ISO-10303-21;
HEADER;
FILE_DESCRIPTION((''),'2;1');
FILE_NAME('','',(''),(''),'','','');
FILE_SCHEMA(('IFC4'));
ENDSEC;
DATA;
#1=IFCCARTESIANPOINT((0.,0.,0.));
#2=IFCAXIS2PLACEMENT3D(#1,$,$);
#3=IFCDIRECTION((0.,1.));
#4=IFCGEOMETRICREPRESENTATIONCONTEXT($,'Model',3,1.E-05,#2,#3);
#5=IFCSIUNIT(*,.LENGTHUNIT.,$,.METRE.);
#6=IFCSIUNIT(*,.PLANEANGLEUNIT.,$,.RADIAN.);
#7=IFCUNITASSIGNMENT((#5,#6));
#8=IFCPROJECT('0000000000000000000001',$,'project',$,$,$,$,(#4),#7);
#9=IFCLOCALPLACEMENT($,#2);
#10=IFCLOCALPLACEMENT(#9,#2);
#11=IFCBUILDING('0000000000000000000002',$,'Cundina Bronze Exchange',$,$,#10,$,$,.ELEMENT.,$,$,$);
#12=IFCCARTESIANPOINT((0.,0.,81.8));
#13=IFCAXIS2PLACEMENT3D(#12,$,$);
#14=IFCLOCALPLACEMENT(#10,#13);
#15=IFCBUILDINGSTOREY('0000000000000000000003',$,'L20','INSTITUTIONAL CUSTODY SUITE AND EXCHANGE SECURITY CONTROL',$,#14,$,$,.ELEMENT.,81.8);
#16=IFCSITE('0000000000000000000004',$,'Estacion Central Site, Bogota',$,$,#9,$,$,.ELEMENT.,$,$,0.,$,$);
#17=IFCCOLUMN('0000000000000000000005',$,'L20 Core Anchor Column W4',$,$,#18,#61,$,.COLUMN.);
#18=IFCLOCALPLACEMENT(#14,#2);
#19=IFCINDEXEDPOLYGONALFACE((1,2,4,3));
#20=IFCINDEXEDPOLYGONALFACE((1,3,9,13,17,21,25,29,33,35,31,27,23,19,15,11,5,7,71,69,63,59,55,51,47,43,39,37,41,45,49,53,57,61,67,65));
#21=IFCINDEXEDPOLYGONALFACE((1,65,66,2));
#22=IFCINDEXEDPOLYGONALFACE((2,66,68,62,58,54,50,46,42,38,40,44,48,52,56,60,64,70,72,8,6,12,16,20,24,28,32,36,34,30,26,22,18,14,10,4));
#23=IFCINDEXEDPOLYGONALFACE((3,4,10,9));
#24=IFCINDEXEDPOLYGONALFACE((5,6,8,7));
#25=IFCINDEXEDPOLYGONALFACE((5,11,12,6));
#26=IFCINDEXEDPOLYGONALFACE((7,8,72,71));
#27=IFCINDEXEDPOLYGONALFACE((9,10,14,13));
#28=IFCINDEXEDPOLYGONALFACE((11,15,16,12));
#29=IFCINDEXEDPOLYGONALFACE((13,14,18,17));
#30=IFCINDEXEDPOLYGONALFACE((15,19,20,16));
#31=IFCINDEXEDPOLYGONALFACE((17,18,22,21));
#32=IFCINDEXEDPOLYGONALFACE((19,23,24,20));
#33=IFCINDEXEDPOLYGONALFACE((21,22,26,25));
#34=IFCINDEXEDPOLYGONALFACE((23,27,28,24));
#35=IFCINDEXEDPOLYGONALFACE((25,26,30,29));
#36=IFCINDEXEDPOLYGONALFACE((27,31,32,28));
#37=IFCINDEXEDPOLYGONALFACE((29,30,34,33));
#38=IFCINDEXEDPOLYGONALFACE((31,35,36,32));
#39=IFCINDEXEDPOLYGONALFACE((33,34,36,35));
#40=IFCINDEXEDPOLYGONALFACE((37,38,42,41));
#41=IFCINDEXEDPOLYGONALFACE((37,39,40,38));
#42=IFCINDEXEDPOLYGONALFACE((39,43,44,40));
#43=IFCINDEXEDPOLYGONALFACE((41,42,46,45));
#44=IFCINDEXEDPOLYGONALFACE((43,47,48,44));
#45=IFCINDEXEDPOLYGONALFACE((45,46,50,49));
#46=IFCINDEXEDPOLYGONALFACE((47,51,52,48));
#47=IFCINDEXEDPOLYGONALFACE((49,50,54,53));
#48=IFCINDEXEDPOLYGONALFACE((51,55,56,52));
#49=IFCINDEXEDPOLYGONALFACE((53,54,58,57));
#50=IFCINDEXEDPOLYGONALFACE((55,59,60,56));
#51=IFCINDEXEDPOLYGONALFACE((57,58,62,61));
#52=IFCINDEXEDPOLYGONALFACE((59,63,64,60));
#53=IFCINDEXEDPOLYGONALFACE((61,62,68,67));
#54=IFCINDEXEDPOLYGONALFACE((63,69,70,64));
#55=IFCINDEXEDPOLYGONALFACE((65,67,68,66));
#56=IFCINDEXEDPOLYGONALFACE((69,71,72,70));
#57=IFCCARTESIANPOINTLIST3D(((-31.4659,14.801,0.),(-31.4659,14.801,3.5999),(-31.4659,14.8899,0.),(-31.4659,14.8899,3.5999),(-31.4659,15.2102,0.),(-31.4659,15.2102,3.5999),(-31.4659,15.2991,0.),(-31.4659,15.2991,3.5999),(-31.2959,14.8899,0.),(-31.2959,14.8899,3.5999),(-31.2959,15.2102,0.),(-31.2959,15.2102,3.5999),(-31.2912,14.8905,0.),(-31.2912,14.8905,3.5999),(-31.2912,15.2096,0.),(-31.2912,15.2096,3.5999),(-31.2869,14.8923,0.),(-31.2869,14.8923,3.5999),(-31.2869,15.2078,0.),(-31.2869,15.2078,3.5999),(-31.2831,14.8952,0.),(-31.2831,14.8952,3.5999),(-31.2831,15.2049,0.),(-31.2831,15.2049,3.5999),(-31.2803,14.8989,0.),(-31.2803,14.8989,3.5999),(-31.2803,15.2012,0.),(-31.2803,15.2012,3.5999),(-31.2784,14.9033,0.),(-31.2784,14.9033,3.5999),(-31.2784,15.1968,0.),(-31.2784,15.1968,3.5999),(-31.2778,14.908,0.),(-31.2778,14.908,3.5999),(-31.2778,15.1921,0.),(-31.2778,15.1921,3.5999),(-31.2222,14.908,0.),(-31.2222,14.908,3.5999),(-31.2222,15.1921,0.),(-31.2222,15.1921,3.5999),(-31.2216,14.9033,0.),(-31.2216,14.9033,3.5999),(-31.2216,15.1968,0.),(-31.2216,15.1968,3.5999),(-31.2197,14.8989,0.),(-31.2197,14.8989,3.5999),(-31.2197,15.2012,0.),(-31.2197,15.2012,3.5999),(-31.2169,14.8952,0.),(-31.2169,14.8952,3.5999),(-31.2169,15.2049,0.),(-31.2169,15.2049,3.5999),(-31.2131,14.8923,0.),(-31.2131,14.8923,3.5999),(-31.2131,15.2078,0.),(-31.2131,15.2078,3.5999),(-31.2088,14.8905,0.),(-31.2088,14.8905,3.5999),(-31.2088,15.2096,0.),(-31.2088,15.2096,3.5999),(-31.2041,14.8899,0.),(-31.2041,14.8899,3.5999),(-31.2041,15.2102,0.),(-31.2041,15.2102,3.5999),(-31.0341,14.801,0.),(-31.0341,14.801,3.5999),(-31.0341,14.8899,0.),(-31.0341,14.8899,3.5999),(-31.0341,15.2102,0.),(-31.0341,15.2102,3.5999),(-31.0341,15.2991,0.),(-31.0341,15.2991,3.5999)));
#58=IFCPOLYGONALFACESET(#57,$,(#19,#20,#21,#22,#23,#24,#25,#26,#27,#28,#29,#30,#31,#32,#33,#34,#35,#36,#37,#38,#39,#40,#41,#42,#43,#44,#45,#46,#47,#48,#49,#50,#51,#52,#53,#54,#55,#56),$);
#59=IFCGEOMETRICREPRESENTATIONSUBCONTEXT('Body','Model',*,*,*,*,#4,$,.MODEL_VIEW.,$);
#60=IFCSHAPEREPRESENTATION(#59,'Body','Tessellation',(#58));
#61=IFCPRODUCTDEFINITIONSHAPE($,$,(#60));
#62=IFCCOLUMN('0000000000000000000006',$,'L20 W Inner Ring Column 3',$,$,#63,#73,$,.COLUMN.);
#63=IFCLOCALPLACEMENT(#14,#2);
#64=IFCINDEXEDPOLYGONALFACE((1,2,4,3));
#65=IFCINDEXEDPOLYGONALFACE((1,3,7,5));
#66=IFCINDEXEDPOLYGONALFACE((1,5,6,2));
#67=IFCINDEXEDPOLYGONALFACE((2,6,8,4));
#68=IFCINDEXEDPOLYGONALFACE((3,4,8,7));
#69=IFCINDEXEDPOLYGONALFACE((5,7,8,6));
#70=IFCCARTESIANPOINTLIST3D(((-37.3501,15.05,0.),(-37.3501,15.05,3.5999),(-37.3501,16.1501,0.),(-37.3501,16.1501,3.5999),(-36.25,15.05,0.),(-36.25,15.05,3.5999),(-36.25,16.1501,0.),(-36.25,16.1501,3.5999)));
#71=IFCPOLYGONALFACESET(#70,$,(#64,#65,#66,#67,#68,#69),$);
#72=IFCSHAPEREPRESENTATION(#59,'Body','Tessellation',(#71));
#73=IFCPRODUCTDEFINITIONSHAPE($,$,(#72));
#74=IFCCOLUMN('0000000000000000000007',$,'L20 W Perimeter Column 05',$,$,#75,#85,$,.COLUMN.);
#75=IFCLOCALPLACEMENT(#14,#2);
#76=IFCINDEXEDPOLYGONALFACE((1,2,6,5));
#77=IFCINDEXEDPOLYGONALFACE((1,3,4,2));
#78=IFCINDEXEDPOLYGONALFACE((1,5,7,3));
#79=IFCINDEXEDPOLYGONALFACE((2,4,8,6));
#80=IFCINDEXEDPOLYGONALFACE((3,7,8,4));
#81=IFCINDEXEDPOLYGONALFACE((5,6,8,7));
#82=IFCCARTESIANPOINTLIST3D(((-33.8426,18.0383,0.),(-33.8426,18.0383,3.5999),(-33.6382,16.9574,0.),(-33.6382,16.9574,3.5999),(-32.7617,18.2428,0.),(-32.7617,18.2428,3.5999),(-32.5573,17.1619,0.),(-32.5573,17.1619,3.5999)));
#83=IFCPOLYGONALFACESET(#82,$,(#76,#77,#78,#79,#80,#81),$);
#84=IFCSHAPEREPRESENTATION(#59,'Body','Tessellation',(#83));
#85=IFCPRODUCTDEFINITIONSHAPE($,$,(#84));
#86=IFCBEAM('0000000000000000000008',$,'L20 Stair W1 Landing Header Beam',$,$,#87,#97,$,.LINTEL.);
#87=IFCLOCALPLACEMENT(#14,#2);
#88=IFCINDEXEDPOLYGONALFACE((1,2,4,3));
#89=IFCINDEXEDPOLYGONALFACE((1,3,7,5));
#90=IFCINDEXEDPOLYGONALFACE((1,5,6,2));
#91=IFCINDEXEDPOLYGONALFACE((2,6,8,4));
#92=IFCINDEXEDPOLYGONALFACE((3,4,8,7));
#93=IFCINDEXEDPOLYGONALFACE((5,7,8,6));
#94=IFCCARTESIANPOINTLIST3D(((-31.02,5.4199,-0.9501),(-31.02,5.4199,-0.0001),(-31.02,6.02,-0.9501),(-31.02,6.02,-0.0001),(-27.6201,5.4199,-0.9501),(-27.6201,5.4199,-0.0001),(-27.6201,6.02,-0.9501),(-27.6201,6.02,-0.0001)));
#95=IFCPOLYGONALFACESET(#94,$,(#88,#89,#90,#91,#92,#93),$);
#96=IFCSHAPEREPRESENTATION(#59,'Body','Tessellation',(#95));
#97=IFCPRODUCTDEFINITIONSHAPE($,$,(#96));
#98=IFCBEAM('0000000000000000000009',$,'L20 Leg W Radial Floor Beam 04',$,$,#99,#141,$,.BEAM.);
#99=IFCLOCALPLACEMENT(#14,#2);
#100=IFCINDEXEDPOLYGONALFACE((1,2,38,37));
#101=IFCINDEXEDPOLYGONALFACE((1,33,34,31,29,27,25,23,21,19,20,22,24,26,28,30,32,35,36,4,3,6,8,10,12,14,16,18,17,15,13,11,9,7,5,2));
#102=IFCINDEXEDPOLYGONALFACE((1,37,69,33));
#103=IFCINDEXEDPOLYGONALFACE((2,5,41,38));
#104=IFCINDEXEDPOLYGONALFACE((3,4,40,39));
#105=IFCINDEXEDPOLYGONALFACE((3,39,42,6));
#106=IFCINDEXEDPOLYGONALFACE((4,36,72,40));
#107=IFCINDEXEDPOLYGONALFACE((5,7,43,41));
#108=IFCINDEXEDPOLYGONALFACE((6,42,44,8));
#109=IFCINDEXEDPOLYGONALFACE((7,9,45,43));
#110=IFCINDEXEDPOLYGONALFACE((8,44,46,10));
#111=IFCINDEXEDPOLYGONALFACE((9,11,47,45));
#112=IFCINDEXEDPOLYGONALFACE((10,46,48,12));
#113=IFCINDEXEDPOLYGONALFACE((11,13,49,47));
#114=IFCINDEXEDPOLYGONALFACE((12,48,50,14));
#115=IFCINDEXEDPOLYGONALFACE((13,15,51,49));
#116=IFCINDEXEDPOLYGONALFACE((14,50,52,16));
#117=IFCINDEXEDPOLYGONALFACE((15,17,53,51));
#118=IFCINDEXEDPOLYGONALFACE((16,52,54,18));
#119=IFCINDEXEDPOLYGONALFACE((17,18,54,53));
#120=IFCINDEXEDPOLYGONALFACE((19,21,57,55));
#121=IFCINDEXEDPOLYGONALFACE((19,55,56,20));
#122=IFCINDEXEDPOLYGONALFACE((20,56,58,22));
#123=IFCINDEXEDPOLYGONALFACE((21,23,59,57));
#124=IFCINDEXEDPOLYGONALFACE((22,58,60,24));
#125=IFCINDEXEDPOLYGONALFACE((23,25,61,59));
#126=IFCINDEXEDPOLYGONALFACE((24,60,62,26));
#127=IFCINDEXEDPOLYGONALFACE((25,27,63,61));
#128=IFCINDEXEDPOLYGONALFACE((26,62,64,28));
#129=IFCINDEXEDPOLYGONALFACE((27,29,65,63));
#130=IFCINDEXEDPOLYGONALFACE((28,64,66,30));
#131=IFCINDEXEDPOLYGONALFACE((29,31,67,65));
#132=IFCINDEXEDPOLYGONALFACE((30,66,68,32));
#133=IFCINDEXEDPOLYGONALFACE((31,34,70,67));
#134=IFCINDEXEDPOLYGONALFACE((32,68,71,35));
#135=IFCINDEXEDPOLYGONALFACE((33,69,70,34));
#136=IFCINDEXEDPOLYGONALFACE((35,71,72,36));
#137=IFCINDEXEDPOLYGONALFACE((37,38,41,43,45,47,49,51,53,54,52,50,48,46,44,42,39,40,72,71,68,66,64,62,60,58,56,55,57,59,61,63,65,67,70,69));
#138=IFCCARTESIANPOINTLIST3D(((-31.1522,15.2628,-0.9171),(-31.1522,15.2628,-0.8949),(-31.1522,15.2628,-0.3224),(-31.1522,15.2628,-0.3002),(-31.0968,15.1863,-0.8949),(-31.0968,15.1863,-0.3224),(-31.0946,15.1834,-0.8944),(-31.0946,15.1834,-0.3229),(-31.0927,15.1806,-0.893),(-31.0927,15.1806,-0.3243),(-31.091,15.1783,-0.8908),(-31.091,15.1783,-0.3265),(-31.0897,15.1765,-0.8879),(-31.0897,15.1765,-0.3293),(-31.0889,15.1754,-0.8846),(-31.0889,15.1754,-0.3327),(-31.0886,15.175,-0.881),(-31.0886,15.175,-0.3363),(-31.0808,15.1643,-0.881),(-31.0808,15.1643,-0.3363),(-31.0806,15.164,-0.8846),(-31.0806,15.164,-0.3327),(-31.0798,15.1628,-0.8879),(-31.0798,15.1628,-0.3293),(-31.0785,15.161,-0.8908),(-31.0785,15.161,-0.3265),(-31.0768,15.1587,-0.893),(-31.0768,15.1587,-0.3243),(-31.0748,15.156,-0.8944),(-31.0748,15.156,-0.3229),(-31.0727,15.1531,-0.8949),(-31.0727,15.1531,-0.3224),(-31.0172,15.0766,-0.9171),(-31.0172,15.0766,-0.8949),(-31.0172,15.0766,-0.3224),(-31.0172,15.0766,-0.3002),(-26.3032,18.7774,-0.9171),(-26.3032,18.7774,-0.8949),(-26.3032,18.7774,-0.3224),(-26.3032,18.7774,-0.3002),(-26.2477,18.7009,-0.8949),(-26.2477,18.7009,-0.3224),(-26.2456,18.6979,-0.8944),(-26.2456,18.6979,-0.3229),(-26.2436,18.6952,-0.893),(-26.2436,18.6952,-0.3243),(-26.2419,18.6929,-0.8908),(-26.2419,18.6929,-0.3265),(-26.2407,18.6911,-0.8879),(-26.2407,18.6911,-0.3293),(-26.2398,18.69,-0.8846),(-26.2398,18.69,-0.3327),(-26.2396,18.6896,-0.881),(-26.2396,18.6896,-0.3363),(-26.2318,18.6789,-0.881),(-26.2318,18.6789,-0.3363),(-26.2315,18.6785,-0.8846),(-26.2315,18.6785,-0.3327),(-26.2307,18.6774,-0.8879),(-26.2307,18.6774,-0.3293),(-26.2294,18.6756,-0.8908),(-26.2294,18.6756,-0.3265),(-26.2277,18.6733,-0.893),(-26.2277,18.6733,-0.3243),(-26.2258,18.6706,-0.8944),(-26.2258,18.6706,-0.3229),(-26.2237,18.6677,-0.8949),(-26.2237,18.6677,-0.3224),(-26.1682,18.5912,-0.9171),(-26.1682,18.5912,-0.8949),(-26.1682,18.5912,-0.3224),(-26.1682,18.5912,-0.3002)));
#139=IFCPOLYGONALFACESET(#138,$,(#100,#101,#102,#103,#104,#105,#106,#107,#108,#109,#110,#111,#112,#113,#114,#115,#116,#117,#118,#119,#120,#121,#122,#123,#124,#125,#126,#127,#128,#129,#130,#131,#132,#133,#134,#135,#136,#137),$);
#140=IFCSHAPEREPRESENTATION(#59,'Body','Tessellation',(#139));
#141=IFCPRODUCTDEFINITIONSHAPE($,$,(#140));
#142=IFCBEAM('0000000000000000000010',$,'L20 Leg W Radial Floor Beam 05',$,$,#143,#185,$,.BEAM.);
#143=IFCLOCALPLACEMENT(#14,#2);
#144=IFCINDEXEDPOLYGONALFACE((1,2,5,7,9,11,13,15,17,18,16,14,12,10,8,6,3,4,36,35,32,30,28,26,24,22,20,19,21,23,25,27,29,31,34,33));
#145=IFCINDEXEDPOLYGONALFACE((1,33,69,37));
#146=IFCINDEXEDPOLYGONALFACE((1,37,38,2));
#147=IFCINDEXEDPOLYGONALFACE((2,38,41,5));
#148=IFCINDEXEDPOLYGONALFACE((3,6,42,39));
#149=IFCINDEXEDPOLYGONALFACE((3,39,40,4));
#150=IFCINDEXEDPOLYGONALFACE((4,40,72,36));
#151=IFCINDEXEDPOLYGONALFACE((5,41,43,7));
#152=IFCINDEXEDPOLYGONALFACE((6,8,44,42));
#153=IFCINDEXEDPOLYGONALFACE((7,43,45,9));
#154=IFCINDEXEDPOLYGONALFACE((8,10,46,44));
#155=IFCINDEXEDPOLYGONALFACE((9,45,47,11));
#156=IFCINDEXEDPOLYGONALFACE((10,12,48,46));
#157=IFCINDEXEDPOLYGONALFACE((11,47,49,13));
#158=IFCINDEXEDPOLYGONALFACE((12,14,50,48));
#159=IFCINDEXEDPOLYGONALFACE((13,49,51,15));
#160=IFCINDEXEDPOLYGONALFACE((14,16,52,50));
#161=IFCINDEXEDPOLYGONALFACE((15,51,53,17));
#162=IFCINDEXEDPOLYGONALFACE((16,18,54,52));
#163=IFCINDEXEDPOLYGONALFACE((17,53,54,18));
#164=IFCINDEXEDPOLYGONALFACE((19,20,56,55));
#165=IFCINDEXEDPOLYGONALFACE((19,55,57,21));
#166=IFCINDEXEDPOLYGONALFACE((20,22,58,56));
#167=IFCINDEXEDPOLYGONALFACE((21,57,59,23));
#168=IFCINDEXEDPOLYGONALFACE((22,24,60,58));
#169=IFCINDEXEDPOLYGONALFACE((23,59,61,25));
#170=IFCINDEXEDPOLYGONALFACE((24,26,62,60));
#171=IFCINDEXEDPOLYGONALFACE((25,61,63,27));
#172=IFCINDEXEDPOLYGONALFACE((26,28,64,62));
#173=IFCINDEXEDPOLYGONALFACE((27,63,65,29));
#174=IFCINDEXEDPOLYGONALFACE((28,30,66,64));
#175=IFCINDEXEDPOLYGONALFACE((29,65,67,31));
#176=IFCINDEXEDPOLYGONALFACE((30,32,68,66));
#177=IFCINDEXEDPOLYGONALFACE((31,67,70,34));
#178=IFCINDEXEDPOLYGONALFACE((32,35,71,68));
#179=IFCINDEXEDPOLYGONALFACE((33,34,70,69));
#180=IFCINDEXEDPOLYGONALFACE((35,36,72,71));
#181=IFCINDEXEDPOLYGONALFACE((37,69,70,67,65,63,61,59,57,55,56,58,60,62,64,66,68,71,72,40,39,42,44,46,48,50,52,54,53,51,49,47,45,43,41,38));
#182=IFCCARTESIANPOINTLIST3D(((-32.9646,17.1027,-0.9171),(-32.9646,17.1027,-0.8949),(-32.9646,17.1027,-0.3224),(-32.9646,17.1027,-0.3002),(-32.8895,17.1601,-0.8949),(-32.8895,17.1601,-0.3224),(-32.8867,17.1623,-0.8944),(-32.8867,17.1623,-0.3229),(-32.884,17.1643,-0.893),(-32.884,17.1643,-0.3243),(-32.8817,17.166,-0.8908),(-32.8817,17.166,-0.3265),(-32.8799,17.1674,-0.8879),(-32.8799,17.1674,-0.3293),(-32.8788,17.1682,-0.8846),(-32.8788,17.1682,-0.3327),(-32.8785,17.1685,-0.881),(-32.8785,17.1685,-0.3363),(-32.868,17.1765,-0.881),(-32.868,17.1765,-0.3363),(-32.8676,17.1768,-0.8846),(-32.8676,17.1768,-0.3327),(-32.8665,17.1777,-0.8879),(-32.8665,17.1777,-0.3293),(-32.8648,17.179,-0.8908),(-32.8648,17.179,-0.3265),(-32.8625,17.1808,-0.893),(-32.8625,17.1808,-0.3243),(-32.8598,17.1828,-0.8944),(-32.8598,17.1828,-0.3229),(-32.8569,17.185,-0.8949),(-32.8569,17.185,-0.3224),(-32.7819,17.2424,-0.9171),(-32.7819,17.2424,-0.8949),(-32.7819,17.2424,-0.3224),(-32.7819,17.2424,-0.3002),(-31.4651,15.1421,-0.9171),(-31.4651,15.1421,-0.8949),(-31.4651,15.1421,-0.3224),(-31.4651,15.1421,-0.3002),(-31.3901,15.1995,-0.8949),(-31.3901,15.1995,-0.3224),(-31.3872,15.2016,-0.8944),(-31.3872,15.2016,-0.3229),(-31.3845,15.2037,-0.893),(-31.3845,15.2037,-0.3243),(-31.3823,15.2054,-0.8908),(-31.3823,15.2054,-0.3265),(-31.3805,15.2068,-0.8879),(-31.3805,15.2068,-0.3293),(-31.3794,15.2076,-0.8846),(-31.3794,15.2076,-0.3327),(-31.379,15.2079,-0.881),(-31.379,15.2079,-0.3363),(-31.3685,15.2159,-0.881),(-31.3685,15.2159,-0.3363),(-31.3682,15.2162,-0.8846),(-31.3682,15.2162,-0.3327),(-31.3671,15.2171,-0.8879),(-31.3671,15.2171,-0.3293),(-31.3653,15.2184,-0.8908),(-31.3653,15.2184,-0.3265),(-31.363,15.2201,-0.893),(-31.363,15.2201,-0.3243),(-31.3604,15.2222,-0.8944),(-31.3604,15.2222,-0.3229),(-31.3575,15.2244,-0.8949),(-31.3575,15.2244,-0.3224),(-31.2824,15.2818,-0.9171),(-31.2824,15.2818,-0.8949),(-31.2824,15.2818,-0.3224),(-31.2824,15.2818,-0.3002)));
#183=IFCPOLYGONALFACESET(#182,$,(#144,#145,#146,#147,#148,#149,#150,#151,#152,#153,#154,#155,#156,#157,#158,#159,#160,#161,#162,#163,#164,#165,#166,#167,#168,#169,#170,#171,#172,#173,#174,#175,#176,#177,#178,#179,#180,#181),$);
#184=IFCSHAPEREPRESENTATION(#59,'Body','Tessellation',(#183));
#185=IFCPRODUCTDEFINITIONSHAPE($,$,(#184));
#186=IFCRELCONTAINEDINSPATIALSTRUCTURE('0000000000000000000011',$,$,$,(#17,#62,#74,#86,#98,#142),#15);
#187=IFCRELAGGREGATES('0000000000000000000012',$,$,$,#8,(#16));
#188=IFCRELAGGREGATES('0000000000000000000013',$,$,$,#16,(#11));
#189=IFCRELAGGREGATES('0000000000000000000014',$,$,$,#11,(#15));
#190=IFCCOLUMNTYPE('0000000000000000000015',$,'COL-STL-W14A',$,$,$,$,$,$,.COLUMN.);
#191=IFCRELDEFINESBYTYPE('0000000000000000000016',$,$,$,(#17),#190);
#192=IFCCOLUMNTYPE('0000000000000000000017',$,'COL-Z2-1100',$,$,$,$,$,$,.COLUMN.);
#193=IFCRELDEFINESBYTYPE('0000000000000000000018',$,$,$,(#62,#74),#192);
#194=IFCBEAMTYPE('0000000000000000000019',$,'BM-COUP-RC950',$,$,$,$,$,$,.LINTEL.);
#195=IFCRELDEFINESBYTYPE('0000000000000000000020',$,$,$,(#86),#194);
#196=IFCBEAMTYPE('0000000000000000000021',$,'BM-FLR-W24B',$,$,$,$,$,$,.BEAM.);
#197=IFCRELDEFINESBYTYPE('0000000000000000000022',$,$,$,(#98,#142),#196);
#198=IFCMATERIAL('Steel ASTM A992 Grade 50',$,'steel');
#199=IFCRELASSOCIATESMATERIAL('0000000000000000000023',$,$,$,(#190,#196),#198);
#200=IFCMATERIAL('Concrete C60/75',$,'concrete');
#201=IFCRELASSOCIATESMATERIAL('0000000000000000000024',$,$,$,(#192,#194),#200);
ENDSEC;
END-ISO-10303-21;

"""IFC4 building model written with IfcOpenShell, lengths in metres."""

from ifc_helpers import new_model, si_unit, direction, frame, origin, origin_2d, place, context, subcontext, project, spatial, rectangle, i_section, extrude, material, material_profile, profile_set, type_object, element, save


model = new_model("IFC4")

# Units and contexts
model_context = context("Model", 3, precision=1e-05, world=origin(), true_north=direction((0.0, 1.0)))
body_context = subcontext(model_context, "Body", "Model", "MODEL_VIEW")
ifc_project = project(units=[si_unit("LENGTHUNIT", "METRE"), si_unit("PLANEANGLEUNIT", "RADIAN")], contexts=[model_context])

# Site, building, storey
site_placement = place(None, origin())
site = spatial("IfcSite", under=ifc_project, at=site_placement, Name="Estacion Central Site, Bogota", CompositionType="ELEMENT", RefElevation=0.0)
building_placement = place(site_placement, origin())
building = spatial("IfcBuilding", under=site, at=building_placement, Name="Cundina Bronze Exchange", CompositionType="ELEMENT")
storey_placement = place(building_placement, frame((0.0, 0.0, 81.8)))
storey = spatial("IfcBuildingStorey", under=building, at=storey_placement, Name="L20", Description="INSTITUTIONAL CUSTODY SUITE AND EXCHANGE SECURITY CONTROL", CompositionType="ELEMENT", Elevation=81.8)

# Columns
ifc_material_1 = material(Name="Steel ASTM A992 Grade 50", Category="steel")
ifc_material_profile_1 = material_profile(ifc_material_1, i_section(OverallWidth=0.4319, OverallDepth=0.498, WebThickness=0.0557, FlangeThickness=0.0889, FilletRadius=0.0181, at=origin_2d()), Name="W14X500", Category="steel")
ifc_profile_set_1 = profile_set([ifc_material_profile_1], Name="Steel ASTM A992 Grade 50")
column_type_1 = type_object("IfcColumnType", Name="COL-STL-W14A", PredefinedType="COLUMN", material=ifc_profile_set_1)
column_placement = place(storey_placement, frame((-31.25, 15.05, 0.0), z_axis=(0.0, 0.0, 1.0), x_axis=(1.0, 0.0, 0.0)))
element("IfcColumn", 1, at=column_placement, inside=storey, type_object=column_type_1, Name="L20 Core Anchor Column W4", PredefinedType="COLUMN", context=body_context, shape_type="SweptSolid", body=[
    extrude(i_section(OverallWidth=0.4319, OverallDepth=0.498, WebThickness=0.0557, FlangeThickness=0.0889, FilletRadius=0.0181, at=origin_2d()), origin(), (0.0, 0.0, 1.0), 3.5999),
])
ifc_material_2 = material(Name="Concrete C60/75", Category="concrete")
ifc_material_profile_2 = material_profile(ifc_material_2, rectangle(XDim=1.1001, YDim=1.1001, at=origin_2d()), Name="RC1100X1100", Category="concrete")
ifc_profile_set_2 = profile_set([ifc_material_profile_2], Name="Concrete C60/75")
column_type_2 = type_object("IfcColumnType", Name="COL-Z2-1100", PredefinedType="COLUMN", material=ifc_profile_set_2)
for number, where, z_axis, x_axis, name in (
    (2, (-36.8, 15.6001, 0.0), (0.0, 0.0, 1.0), (1.0, 0.0, 0.0), "L20 W Inner Ring Column 3"),
    (3, (-33.2, 17.6001, 0.0), (0.0, 0.0, 1.0), (-0.98258, -0.185838, 0.0), "L20 W Perimeter Column 05"),
):
    element("IfcColumn", number, at=place(storey_placement, frame(where, z_axis=z_axis, x_axis=x_axis)), inside=storey, type_object=column_type_2, Name=name, PredefinedType="COLUMN", context=body_context, shape_type="SweptSolid", body=[
        extrude(rectangle(XDim=1.1001, YDim=1.1001, at=origin_2d()), origin(), (0.0, 0.0, 1.0), 3.5999),
    ])

# Beams
ifc_material_profile_3 = material_profile(ifc_material_2, rectangle(XDim=0.6001, YDim=0.95, at=origin_2d()), Name="RC600X950", Category="concrete")
ifc_profile_set_3 = profile_set([ifc_material_profile_3], Name="Concrete C60/75")
beam_type_1 = type_object("IfcBeamType", Name="BM-COUP-RC950", PredefinedType="LINTEL", material=ifc_profile_set_3)
beam_1_placement = place(storey_placement, frame((-31.02, 5.72, -0.4751), z_axis=(1.0, 0.0, 0.0), x_axis=(0.0, 1.0, 0.0)))
element("IfcBeam", 4, at=beam_1_placement, inside=storey, type_object=beam_type_1, Name="L20 Stair W1 Landing Header Beam", PredefinedType="LINTEL", context=body_context, shape_type="SweptSolid", body=[
    extrude(rectangle(XDim=0.6001, YDim=0.95, at=origin_2d()), origin(), (0.0, 0.0, 1.0), 3.3999),
])
ifc_material_profile_4 = material_profile(ifc_material_1, i_section(OverallWidth=0.23, OverallDepth=0.6169, WebThickness=0.0132, FlangeThickness=0.0222, FilletRadius=0.0139, at=origin_2d()), Name="W24X94", Category="steel")
ifc_profile_set_4 = profile_set([ifc_material_profile_4], Name="Steel ASTM A992 Grade 50")
beam_type_2 = type_object("IfcBeamType", Name="BM-FLR-W24B", PredefinedType="BEAM", material=ifc_profile_set_4)
beam_2_placement = place(storey_placement, frame((-31.0847, 15.1697, -0.6086), z_axis=(0.809687, 0.586862, 0.0), x_axis=(-0.586862, 0.809687, 0.0)))
element("IfcBeam", 5, at=beam_2_placement, inside=storey, type_object=beam_type_2, Name="L20 Leg W Radial Floor Beam 04", PredefinedType="BEAM", context=body_context, shape_type="SweptSolid", body=[
    extrude(i_section(OverallWidth=0.23, OverallDepth=0.6169, WebThickness=0.0132, FlangeThickness=0.0222, FilletRadius=0.0139, at=origin_2d()), origin(), (0.0, 0.0, 1.0), 5.9888),
])
beam_3_placement = place(storey_placement, frame((-31.3738, 15.2119, -0.6086), z_axis=(-0.60749, 0.794327, 0.0), x_axis=(-0.794327, -0.60749, 0.0)))
element("IfcBeam", 6, at=beam_3_placement, inside=storey, type_object=beam_type_2, Name="L20 Leg W Radial Floor Beam 05", PredefinedType="BEAM", context=body_context, shape_type="SweptSolid", body=[
    extrude(i_section(OverallWidth=0.23, OverallDepth=0.6169, WebThickness=0.0132, FlangeThickness=0.0222, FilletRadius=0.0139, at=origin_2d()), origin(), (0.0, 0.0, 1.0), 2.4683),
])

save(model, "model.ifc")
